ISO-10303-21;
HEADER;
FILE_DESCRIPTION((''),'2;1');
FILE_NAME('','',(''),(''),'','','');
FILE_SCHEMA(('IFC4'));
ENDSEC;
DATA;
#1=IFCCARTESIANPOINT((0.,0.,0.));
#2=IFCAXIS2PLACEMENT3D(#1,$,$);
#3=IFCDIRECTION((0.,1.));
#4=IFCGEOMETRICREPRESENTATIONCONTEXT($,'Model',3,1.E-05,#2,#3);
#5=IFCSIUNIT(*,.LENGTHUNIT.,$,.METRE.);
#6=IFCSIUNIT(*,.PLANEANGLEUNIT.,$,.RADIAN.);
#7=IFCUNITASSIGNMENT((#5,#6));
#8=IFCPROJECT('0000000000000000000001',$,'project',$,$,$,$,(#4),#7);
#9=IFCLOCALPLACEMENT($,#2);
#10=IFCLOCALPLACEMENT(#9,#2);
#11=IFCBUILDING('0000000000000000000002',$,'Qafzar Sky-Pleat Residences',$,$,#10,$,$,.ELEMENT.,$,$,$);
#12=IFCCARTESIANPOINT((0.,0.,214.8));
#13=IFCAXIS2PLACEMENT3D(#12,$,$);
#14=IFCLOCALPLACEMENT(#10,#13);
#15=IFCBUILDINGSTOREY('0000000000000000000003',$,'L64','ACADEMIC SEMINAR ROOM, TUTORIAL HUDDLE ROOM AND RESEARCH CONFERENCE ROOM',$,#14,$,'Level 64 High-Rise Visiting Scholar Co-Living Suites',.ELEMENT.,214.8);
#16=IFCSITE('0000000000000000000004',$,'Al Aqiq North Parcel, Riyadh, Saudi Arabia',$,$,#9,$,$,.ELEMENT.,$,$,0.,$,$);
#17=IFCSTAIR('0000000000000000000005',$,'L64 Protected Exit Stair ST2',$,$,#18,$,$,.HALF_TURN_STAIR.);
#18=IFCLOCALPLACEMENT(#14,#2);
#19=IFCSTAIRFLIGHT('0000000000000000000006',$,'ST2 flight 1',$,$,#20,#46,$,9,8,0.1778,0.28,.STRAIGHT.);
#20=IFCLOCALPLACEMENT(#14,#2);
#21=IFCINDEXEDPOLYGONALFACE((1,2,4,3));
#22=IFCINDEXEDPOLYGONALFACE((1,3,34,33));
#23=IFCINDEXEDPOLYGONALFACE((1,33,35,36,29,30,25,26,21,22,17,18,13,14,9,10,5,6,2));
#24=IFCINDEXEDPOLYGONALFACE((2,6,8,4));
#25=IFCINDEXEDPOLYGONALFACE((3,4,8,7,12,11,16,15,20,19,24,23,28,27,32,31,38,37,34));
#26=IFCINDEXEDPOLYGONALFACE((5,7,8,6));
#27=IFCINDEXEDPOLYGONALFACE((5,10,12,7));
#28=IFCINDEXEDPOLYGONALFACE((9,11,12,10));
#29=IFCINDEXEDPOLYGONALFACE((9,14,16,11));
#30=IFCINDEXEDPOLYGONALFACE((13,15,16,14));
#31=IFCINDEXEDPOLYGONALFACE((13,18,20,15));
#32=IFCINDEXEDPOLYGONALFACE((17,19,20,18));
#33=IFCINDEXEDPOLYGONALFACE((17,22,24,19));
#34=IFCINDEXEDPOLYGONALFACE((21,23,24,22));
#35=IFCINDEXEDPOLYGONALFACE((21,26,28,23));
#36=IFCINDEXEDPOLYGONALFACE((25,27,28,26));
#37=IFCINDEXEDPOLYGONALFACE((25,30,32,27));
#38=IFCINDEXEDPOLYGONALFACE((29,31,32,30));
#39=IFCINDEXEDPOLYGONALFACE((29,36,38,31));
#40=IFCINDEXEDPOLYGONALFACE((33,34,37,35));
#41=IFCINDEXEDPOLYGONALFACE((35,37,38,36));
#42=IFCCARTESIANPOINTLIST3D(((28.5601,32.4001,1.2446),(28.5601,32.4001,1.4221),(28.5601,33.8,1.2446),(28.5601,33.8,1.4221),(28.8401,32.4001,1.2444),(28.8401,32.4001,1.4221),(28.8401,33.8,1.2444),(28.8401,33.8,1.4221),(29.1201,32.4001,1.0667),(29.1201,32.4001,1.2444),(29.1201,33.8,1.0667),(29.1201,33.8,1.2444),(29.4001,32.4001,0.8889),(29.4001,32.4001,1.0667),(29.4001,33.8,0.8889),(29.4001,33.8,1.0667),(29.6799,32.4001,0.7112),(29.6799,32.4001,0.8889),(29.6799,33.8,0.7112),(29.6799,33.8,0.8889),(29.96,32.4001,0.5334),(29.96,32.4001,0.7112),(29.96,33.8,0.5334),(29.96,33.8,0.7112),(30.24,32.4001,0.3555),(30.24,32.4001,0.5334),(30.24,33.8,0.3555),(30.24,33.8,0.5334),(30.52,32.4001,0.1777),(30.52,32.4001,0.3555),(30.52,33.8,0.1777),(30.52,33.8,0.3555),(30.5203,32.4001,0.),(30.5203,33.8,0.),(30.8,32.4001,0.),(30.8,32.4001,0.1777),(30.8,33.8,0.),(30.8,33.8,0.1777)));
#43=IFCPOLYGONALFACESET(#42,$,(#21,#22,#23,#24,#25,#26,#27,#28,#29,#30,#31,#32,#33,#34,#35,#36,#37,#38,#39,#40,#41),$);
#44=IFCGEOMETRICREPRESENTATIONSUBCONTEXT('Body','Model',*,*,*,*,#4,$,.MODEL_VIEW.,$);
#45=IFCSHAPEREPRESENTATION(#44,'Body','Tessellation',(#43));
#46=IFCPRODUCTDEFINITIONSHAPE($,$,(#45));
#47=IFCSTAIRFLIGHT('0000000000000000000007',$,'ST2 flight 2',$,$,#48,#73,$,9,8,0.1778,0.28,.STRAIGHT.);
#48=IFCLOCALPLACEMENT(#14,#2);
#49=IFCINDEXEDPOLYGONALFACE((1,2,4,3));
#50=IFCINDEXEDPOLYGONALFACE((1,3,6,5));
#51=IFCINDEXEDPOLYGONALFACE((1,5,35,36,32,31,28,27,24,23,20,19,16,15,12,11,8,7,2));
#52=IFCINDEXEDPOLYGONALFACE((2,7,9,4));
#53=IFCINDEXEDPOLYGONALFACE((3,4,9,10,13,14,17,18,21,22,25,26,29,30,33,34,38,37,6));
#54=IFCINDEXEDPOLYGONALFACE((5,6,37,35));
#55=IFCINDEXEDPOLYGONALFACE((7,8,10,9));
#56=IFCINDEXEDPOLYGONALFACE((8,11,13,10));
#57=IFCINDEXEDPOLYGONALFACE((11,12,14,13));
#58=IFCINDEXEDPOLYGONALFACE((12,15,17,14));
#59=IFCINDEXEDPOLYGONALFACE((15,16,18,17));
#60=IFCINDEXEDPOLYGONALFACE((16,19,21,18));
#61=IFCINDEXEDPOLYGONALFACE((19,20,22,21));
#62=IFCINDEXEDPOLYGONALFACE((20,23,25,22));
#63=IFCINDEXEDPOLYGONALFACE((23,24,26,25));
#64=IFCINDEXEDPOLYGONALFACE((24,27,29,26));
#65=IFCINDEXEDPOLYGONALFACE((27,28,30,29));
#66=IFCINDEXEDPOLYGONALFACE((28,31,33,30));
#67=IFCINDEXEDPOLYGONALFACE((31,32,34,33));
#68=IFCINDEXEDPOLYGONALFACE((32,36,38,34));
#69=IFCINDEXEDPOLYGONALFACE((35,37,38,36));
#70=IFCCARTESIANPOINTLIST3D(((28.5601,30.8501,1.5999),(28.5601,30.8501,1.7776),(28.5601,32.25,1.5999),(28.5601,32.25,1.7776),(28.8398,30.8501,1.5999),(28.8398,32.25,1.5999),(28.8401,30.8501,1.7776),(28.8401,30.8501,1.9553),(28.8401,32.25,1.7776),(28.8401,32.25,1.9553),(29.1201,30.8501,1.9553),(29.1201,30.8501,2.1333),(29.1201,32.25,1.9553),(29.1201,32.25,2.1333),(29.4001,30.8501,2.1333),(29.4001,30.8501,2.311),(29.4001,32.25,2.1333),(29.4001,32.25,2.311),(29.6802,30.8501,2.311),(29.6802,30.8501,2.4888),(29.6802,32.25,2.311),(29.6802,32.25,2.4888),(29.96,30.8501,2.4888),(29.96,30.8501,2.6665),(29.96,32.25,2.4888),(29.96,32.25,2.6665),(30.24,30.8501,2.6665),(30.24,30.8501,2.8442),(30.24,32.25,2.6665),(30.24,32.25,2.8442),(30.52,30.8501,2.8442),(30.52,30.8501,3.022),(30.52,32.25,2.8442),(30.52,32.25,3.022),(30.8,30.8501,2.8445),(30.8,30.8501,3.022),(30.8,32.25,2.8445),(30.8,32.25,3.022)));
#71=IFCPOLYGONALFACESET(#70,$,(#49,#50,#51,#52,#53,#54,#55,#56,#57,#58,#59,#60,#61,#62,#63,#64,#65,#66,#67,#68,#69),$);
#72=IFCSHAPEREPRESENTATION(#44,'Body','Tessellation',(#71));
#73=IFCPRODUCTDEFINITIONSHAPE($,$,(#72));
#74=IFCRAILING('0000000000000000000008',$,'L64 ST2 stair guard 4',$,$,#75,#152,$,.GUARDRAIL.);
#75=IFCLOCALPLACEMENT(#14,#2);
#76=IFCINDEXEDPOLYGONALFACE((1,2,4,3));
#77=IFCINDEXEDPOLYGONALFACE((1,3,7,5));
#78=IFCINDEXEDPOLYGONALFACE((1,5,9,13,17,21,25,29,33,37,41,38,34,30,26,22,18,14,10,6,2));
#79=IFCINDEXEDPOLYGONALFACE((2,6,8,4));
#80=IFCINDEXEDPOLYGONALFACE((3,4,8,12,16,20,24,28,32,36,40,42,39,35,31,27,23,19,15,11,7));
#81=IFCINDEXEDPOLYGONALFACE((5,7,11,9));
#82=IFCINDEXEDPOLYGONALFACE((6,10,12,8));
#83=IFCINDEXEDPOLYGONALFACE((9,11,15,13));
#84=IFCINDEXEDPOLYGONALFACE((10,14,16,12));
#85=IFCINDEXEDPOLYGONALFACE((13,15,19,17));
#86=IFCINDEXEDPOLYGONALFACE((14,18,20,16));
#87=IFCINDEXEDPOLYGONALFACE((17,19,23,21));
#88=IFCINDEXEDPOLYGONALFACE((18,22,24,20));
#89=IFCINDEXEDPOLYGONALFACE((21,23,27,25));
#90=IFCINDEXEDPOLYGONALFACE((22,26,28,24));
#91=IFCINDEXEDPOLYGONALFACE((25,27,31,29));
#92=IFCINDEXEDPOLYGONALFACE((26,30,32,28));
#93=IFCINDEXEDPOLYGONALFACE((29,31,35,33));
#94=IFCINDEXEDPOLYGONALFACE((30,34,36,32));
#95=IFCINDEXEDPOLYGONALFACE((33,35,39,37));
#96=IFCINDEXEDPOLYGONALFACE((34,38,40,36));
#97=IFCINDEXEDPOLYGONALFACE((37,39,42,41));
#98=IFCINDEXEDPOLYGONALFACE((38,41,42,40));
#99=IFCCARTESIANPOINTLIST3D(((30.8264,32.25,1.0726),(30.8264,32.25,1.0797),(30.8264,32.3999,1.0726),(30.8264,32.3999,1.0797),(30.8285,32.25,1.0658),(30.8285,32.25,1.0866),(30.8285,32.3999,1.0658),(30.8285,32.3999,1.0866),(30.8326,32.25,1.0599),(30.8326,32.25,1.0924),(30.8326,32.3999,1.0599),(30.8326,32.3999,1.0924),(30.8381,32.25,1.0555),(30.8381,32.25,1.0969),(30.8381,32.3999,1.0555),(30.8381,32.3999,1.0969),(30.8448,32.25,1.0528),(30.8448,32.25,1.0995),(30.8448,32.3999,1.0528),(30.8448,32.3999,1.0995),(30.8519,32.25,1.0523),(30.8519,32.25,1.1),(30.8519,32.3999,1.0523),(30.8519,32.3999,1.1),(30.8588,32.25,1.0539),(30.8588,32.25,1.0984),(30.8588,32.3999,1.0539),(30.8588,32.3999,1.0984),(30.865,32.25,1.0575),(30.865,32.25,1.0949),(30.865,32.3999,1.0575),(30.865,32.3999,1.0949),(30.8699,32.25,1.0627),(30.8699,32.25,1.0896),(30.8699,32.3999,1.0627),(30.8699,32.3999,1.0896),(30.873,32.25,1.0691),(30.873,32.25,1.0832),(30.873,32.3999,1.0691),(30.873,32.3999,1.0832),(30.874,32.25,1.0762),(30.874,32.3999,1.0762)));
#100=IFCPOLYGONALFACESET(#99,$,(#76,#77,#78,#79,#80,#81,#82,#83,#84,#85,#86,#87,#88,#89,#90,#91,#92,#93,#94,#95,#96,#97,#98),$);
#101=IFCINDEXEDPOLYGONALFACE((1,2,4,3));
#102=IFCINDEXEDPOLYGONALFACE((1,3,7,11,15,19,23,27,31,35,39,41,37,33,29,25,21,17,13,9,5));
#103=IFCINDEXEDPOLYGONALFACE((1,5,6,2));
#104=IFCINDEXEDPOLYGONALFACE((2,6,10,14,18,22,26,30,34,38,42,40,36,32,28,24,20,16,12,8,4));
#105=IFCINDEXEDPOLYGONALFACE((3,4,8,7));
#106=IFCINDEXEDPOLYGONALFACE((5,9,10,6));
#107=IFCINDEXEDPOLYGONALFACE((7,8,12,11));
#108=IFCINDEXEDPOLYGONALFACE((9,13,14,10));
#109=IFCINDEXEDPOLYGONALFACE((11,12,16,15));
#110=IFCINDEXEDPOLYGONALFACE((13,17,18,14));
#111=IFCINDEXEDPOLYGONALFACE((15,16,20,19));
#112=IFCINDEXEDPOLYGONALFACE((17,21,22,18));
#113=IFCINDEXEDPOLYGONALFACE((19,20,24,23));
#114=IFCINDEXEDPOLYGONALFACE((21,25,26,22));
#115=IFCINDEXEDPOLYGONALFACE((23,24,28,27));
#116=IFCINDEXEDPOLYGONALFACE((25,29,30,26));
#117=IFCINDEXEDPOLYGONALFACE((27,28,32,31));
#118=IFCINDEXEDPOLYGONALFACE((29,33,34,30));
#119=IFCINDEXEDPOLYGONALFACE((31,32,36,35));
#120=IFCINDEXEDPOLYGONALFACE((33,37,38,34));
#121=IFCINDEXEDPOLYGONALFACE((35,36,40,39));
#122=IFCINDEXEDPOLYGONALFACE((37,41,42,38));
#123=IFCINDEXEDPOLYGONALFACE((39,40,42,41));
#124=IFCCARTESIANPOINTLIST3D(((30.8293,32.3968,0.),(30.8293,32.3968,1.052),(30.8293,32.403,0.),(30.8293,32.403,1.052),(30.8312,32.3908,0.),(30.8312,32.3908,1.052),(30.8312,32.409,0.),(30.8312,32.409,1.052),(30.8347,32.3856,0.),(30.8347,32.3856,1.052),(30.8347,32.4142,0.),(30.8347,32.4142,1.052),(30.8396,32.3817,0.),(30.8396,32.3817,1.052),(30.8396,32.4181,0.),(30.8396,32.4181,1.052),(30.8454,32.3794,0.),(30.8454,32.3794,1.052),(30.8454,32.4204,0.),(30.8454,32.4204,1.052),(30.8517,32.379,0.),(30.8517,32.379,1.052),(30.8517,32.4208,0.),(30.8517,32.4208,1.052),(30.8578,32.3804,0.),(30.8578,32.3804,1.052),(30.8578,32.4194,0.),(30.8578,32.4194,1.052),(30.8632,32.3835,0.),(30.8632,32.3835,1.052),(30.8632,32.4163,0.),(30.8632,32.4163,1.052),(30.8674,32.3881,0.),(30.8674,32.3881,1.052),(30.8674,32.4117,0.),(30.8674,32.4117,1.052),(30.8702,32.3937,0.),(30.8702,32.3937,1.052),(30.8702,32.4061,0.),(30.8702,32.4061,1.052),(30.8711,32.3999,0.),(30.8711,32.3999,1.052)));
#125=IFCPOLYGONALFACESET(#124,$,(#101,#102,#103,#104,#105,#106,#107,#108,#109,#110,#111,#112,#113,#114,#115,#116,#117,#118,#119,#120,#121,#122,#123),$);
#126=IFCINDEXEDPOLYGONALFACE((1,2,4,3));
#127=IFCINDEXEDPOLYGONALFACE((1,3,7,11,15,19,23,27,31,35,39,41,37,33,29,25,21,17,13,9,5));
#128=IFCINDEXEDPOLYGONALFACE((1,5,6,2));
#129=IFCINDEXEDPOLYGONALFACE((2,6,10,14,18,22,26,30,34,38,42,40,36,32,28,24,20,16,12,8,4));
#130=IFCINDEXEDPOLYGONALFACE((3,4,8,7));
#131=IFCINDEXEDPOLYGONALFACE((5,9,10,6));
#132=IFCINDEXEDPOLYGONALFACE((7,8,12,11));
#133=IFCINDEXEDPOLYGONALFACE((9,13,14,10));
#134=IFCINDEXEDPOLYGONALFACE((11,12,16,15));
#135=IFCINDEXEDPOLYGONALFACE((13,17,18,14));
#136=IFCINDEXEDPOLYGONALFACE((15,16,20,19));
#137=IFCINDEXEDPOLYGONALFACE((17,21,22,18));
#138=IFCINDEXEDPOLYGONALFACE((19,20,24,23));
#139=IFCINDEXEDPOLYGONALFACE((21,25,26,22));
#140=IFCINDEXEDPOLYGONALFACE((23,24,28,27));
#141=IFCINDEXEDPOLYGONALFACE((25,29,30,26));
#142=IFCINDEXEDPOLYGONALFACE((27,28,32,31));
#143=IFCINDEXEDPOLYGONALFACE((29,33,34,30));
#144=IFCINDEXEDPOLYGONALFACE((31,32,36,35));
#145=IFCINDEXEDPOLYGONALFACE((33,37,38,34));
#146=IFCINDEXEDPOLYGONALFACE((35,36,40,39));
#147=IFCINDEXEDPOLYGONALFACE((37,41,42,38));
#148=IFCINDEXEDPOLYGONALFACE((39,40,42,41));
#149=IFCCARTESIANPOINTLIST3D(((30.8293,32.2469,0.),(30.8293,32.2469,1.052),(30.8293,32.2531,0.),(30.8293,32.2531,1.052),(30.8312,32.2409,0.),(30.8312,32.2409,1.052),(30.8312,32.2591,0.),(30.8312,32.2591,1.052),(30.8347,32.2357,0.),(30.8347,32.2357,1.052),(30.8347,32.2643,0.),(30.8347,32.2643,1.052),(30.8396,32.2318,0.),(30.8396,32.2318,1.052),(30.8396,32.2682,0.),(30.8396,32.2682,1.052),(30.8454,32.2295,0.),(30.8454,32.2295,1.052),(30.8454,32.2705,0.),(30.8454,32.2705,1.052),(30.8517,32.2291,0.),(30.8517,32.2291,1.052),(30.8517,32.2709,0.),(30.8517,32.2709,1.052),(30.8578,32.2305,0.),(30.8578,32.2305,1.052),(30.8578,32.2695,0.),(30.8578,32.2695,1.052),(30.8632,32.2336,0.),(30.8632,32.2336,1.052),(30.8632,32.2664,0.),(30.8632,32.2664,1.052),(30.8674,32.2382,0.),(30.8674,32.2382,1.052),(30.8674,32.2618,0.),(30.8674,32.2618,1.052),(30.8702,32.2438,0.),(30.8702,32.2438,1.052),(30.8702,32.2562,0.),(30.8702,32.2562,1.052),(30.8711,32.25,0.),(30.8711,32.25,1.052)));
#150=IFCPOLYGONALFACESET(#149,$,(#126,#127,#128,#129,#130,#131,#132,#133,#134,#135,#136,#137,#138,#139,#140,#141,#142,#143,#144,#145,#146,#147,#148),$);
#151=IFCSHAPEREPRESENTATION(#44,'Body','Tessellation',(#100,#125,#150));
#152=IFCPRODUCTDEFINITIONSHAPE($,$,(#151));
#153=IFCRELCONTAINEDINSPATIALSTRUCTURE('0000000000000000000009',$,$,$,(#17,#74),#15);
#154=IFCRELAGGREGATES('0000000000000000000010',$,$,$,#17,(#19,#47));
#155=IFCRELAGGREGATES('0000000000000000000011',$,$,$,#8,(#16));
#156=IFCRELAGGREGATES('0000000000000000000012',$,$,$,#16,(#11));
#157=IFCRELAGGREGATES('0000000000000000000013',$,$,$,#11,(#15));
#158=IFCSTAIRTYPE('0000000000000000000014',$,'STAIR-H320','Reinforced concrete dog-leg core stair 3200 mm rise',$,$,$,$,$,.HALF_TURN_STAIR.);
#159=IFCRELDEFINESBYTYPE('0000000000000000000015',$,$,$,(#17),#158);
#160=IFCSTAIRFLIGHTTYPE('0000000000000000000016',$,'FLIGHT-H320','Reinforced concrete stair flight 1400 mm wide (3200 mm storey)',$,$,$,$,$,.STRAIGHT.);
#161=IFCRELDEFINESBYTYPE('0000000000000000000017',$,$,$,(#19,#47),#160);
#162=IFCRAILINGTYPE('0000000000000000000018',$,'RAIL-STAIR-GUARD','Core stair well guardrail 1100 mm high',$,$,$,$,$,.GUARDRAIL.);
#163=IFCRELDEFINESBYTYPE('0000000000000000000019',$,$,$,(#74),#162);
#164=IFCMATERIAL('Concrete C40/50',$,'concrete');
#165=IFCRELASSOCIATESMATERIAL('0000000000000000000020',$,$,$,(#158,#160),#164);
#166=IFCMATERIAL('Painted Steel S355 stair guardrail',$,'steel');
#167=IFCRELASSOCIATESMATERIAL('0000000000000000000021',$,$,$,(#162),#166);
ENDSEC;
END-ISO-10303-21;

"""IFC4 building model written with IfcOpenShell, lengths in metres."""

from ifc_helpers import new_model, si_unit, direction, frame, origin, origin_2d, place, context, subcontext, project, spatial, polyline, circle, outline, extrude, source, transform, mapped, material, type_object, element, aggregate, save


model = new_model("IFC4")

# Units and contexts
model_context = context("Model", 3, precision=1e-05, world=origin(), true_north=direction((0.0, 1.0)))
body_context = subcontext(model_context, "Body", "Model", "MODEL_VIEW")
ifc_project = project(units=[si_unit("LENGTHUNIT", "METRE"), si_unit("PLANEANGLEUNIT", "RADIAN")], contexts=[model_context])

# Site, building, storey
site_placement = place(None, origin())
site = spatial("IfcSite", under=ifc_project, at=site_placement, Name="Al Aqiq North Parcel, Riyadh, Saudi Arabia", CompositionType="ELEMENT", RefElevation=0.0)
building_placement = place(site_placement, origin())
building = spatial("IfcBuilding", under=site, at=building_placement, Name="Qafzar Sky-Pleat Residences", CompositionType="ELEMENT")
storey_placement = place(building_placement, frame((0.0, 0.0, 214.8)))
storey = spatial("IfcBuildingStorey", under=building, at=storey_placement, Name="L64", Description="ACADEMIC SEMINAR ROOM, TUTORIAL HUDDLE ROOM AND RESEARCH CONFERENCE ROOM", LongName="Level 64 High-Rise Visiting Scholar Co-Living Suites", CompositionType="ELEMENT", Elevation=214.8)

# Stair, stair flights
ifc_material_1 = material(Name="Concrete C40/50", Category="concrete")
stair_type = type_object("IfcStairType", Name="STAIR-H320", Description="Reinforced concrete dog-leg core stair 3200 mm rise", PredefinedType="HALF_TURN_STAIR", material=ifc_material_1)
stair_placement = place(storey_placement, origin())
stair = element("IfcStair", 1, at=stair_placement, inside=storey, type_object=stair_type, Name="L64 Protected Exit Stair ST2", PredefinedType="HALF_TURN_STAIR")
stair_flight_type = type_object("IfcStairFlightType", Name="FLIGHT-H320", Description="Reinforced concrete stair flight 1400 mm wide (3200 mm storey)", PredefinedType="STRAIGHT", material=ifc_material_1)
shared_shape_1 = source(origin(), body_context, "Body", "SweptSolid", [
    extrude(outline(polyline([(0.0, 0.0), (0.0, 0.1777), (0.28, 0.1777), (0.28, 0.3555), (0.5601, 0.3555), (0.5601, 0.5334), (0.8401, 0.5334), (0.8401, 0.7112), (1.1201, 0.7112), (1.1201, 0.8889), (1.3999, 0.8889), (1.3999, 1.0667), (1.6799, 1.0667), (1.6799, 1.2444), (1.96, 1.2444), (1.96, 1.4221), (2.24, 1.4221), (2.24, 1.6001), (2.24, 1.2446), (0.2798, 0.0), (0.0, 0.0)])), frame((0.0, 0.7, 0.0), z_axis=(0.0, -1.0, 0.0), x_axis=(1.0, 0.0, 0.0)), (0.0, 0.0, 1.0), 1.3999),
])
stair_flight_1_placement = place(storey_placement, frame((30.8, 33.1001, 0.0), z_axis=(0.0, 0.0, 1.0), x_axis=(-1.0, 0.0, 0.0)))
stair_flight_1 = element("IfcStairFlight", 2, at=stair_flight_1_placement, type_object=stair_flight_type, Name="ST2 flight 1", NumberOfRisers=9, NumberOfTreads=8, PredefinedType="STRAIGHT", RiserHeight=0.1778, TreadLength=0.28, context=body_context, shape_type="MappedRepresentation", body=[
    mapped(shared_shape_1, transform((0.0, 0.0, 0.0), x_axis=(1.0, 0.0, 0.0), y_axis=(0.0, 1.0, 0.0), z_axis=(0.0, 0.0, 1.0), scale=1.0)),
])
stair_flight_2_placement = place(storey_placement, frame((28.5601, 31.55, 1.5999), z_axis=(0.0, 0.0, 1.0), x_axis=(1.0, 0.0, 0.0)))
stair_flight_2 = element("IfcStairFlight", 3, at=stair_flight_2_placement, type_object=stair_flight_type, Name="ST2 flight 2", NumberOfRisers=9, NumberOfTreads=8, PredefinedType="STRAIGHT", RiserHeight=0.1778, TreadLength=0.28, context=body_context, shape_type="MappedRepresentation", body=[
    mapped(shared_shape_1, transform((0.0, 0.0, 0.0), x_axis=(1.0, 0.0, 0.0), y_axis=(0.0, 1.0, 0.0), z_axis=(0.0, 0.0, 1.0), scale=1.0)),
])
aggregate(stair, [stair_flight_1, stair_flight_2])

# Railing
ifc_material_2 = material(Name="Painted Steel S355 stair guardrail", Category="steel")
railing_type_1 = type_object("IfcRailingType", Name="RAIL-STAIR-GUARD", Description="Core stair well guardrail 1100 mm high", PredefinedType="GUARDRAIL", material=ifc_material_2)
shared_shape_2 = source(origin(), body_context, "Body", "SweptSolid", [
    extrude(circle(Radius=0.0239, at=origin_2d()), frame((0.0, 0.0, 1.0762), z_axis=(0.0, -1.0, 0.0), x_axis=(1.0, 0.0, 0.0)), (0.0, 0.0, 1.0), 0.1499),
    extrude(circle(Radius=0.021, at=origin_2d()), origin(), (0.0, 0.0, 1.0), 1.052),
    extrude(circle(Radius=0.021, at=origin_2d()), frame((0.0, -0.1499, 0.0)), (0.0, 0.0, 1.0), 1.052),
])
railing_1_placement = place(storey_placement, frame((30.8501, 32.3999, 0.0)))
element("IfcRailing", 4, at=railing_1_placement, inside=storey, type_object=railing_type_1, Name="L64 ST2 stair guard 4", PredefinedType="GUARDRAIL", context=body_context, shape_type="MappedRepresentation", body=[
    mapped(shared_shape_2, transform((0.0, 0.0, 0.0), x_axis=(1.0, 0.0, 0.0), y_axis=(0.0, 1.0, 0.0), z_axis=(0.0, 0.0, 1.0), scale=1.0)),
])

save(model, "model.ifc")
